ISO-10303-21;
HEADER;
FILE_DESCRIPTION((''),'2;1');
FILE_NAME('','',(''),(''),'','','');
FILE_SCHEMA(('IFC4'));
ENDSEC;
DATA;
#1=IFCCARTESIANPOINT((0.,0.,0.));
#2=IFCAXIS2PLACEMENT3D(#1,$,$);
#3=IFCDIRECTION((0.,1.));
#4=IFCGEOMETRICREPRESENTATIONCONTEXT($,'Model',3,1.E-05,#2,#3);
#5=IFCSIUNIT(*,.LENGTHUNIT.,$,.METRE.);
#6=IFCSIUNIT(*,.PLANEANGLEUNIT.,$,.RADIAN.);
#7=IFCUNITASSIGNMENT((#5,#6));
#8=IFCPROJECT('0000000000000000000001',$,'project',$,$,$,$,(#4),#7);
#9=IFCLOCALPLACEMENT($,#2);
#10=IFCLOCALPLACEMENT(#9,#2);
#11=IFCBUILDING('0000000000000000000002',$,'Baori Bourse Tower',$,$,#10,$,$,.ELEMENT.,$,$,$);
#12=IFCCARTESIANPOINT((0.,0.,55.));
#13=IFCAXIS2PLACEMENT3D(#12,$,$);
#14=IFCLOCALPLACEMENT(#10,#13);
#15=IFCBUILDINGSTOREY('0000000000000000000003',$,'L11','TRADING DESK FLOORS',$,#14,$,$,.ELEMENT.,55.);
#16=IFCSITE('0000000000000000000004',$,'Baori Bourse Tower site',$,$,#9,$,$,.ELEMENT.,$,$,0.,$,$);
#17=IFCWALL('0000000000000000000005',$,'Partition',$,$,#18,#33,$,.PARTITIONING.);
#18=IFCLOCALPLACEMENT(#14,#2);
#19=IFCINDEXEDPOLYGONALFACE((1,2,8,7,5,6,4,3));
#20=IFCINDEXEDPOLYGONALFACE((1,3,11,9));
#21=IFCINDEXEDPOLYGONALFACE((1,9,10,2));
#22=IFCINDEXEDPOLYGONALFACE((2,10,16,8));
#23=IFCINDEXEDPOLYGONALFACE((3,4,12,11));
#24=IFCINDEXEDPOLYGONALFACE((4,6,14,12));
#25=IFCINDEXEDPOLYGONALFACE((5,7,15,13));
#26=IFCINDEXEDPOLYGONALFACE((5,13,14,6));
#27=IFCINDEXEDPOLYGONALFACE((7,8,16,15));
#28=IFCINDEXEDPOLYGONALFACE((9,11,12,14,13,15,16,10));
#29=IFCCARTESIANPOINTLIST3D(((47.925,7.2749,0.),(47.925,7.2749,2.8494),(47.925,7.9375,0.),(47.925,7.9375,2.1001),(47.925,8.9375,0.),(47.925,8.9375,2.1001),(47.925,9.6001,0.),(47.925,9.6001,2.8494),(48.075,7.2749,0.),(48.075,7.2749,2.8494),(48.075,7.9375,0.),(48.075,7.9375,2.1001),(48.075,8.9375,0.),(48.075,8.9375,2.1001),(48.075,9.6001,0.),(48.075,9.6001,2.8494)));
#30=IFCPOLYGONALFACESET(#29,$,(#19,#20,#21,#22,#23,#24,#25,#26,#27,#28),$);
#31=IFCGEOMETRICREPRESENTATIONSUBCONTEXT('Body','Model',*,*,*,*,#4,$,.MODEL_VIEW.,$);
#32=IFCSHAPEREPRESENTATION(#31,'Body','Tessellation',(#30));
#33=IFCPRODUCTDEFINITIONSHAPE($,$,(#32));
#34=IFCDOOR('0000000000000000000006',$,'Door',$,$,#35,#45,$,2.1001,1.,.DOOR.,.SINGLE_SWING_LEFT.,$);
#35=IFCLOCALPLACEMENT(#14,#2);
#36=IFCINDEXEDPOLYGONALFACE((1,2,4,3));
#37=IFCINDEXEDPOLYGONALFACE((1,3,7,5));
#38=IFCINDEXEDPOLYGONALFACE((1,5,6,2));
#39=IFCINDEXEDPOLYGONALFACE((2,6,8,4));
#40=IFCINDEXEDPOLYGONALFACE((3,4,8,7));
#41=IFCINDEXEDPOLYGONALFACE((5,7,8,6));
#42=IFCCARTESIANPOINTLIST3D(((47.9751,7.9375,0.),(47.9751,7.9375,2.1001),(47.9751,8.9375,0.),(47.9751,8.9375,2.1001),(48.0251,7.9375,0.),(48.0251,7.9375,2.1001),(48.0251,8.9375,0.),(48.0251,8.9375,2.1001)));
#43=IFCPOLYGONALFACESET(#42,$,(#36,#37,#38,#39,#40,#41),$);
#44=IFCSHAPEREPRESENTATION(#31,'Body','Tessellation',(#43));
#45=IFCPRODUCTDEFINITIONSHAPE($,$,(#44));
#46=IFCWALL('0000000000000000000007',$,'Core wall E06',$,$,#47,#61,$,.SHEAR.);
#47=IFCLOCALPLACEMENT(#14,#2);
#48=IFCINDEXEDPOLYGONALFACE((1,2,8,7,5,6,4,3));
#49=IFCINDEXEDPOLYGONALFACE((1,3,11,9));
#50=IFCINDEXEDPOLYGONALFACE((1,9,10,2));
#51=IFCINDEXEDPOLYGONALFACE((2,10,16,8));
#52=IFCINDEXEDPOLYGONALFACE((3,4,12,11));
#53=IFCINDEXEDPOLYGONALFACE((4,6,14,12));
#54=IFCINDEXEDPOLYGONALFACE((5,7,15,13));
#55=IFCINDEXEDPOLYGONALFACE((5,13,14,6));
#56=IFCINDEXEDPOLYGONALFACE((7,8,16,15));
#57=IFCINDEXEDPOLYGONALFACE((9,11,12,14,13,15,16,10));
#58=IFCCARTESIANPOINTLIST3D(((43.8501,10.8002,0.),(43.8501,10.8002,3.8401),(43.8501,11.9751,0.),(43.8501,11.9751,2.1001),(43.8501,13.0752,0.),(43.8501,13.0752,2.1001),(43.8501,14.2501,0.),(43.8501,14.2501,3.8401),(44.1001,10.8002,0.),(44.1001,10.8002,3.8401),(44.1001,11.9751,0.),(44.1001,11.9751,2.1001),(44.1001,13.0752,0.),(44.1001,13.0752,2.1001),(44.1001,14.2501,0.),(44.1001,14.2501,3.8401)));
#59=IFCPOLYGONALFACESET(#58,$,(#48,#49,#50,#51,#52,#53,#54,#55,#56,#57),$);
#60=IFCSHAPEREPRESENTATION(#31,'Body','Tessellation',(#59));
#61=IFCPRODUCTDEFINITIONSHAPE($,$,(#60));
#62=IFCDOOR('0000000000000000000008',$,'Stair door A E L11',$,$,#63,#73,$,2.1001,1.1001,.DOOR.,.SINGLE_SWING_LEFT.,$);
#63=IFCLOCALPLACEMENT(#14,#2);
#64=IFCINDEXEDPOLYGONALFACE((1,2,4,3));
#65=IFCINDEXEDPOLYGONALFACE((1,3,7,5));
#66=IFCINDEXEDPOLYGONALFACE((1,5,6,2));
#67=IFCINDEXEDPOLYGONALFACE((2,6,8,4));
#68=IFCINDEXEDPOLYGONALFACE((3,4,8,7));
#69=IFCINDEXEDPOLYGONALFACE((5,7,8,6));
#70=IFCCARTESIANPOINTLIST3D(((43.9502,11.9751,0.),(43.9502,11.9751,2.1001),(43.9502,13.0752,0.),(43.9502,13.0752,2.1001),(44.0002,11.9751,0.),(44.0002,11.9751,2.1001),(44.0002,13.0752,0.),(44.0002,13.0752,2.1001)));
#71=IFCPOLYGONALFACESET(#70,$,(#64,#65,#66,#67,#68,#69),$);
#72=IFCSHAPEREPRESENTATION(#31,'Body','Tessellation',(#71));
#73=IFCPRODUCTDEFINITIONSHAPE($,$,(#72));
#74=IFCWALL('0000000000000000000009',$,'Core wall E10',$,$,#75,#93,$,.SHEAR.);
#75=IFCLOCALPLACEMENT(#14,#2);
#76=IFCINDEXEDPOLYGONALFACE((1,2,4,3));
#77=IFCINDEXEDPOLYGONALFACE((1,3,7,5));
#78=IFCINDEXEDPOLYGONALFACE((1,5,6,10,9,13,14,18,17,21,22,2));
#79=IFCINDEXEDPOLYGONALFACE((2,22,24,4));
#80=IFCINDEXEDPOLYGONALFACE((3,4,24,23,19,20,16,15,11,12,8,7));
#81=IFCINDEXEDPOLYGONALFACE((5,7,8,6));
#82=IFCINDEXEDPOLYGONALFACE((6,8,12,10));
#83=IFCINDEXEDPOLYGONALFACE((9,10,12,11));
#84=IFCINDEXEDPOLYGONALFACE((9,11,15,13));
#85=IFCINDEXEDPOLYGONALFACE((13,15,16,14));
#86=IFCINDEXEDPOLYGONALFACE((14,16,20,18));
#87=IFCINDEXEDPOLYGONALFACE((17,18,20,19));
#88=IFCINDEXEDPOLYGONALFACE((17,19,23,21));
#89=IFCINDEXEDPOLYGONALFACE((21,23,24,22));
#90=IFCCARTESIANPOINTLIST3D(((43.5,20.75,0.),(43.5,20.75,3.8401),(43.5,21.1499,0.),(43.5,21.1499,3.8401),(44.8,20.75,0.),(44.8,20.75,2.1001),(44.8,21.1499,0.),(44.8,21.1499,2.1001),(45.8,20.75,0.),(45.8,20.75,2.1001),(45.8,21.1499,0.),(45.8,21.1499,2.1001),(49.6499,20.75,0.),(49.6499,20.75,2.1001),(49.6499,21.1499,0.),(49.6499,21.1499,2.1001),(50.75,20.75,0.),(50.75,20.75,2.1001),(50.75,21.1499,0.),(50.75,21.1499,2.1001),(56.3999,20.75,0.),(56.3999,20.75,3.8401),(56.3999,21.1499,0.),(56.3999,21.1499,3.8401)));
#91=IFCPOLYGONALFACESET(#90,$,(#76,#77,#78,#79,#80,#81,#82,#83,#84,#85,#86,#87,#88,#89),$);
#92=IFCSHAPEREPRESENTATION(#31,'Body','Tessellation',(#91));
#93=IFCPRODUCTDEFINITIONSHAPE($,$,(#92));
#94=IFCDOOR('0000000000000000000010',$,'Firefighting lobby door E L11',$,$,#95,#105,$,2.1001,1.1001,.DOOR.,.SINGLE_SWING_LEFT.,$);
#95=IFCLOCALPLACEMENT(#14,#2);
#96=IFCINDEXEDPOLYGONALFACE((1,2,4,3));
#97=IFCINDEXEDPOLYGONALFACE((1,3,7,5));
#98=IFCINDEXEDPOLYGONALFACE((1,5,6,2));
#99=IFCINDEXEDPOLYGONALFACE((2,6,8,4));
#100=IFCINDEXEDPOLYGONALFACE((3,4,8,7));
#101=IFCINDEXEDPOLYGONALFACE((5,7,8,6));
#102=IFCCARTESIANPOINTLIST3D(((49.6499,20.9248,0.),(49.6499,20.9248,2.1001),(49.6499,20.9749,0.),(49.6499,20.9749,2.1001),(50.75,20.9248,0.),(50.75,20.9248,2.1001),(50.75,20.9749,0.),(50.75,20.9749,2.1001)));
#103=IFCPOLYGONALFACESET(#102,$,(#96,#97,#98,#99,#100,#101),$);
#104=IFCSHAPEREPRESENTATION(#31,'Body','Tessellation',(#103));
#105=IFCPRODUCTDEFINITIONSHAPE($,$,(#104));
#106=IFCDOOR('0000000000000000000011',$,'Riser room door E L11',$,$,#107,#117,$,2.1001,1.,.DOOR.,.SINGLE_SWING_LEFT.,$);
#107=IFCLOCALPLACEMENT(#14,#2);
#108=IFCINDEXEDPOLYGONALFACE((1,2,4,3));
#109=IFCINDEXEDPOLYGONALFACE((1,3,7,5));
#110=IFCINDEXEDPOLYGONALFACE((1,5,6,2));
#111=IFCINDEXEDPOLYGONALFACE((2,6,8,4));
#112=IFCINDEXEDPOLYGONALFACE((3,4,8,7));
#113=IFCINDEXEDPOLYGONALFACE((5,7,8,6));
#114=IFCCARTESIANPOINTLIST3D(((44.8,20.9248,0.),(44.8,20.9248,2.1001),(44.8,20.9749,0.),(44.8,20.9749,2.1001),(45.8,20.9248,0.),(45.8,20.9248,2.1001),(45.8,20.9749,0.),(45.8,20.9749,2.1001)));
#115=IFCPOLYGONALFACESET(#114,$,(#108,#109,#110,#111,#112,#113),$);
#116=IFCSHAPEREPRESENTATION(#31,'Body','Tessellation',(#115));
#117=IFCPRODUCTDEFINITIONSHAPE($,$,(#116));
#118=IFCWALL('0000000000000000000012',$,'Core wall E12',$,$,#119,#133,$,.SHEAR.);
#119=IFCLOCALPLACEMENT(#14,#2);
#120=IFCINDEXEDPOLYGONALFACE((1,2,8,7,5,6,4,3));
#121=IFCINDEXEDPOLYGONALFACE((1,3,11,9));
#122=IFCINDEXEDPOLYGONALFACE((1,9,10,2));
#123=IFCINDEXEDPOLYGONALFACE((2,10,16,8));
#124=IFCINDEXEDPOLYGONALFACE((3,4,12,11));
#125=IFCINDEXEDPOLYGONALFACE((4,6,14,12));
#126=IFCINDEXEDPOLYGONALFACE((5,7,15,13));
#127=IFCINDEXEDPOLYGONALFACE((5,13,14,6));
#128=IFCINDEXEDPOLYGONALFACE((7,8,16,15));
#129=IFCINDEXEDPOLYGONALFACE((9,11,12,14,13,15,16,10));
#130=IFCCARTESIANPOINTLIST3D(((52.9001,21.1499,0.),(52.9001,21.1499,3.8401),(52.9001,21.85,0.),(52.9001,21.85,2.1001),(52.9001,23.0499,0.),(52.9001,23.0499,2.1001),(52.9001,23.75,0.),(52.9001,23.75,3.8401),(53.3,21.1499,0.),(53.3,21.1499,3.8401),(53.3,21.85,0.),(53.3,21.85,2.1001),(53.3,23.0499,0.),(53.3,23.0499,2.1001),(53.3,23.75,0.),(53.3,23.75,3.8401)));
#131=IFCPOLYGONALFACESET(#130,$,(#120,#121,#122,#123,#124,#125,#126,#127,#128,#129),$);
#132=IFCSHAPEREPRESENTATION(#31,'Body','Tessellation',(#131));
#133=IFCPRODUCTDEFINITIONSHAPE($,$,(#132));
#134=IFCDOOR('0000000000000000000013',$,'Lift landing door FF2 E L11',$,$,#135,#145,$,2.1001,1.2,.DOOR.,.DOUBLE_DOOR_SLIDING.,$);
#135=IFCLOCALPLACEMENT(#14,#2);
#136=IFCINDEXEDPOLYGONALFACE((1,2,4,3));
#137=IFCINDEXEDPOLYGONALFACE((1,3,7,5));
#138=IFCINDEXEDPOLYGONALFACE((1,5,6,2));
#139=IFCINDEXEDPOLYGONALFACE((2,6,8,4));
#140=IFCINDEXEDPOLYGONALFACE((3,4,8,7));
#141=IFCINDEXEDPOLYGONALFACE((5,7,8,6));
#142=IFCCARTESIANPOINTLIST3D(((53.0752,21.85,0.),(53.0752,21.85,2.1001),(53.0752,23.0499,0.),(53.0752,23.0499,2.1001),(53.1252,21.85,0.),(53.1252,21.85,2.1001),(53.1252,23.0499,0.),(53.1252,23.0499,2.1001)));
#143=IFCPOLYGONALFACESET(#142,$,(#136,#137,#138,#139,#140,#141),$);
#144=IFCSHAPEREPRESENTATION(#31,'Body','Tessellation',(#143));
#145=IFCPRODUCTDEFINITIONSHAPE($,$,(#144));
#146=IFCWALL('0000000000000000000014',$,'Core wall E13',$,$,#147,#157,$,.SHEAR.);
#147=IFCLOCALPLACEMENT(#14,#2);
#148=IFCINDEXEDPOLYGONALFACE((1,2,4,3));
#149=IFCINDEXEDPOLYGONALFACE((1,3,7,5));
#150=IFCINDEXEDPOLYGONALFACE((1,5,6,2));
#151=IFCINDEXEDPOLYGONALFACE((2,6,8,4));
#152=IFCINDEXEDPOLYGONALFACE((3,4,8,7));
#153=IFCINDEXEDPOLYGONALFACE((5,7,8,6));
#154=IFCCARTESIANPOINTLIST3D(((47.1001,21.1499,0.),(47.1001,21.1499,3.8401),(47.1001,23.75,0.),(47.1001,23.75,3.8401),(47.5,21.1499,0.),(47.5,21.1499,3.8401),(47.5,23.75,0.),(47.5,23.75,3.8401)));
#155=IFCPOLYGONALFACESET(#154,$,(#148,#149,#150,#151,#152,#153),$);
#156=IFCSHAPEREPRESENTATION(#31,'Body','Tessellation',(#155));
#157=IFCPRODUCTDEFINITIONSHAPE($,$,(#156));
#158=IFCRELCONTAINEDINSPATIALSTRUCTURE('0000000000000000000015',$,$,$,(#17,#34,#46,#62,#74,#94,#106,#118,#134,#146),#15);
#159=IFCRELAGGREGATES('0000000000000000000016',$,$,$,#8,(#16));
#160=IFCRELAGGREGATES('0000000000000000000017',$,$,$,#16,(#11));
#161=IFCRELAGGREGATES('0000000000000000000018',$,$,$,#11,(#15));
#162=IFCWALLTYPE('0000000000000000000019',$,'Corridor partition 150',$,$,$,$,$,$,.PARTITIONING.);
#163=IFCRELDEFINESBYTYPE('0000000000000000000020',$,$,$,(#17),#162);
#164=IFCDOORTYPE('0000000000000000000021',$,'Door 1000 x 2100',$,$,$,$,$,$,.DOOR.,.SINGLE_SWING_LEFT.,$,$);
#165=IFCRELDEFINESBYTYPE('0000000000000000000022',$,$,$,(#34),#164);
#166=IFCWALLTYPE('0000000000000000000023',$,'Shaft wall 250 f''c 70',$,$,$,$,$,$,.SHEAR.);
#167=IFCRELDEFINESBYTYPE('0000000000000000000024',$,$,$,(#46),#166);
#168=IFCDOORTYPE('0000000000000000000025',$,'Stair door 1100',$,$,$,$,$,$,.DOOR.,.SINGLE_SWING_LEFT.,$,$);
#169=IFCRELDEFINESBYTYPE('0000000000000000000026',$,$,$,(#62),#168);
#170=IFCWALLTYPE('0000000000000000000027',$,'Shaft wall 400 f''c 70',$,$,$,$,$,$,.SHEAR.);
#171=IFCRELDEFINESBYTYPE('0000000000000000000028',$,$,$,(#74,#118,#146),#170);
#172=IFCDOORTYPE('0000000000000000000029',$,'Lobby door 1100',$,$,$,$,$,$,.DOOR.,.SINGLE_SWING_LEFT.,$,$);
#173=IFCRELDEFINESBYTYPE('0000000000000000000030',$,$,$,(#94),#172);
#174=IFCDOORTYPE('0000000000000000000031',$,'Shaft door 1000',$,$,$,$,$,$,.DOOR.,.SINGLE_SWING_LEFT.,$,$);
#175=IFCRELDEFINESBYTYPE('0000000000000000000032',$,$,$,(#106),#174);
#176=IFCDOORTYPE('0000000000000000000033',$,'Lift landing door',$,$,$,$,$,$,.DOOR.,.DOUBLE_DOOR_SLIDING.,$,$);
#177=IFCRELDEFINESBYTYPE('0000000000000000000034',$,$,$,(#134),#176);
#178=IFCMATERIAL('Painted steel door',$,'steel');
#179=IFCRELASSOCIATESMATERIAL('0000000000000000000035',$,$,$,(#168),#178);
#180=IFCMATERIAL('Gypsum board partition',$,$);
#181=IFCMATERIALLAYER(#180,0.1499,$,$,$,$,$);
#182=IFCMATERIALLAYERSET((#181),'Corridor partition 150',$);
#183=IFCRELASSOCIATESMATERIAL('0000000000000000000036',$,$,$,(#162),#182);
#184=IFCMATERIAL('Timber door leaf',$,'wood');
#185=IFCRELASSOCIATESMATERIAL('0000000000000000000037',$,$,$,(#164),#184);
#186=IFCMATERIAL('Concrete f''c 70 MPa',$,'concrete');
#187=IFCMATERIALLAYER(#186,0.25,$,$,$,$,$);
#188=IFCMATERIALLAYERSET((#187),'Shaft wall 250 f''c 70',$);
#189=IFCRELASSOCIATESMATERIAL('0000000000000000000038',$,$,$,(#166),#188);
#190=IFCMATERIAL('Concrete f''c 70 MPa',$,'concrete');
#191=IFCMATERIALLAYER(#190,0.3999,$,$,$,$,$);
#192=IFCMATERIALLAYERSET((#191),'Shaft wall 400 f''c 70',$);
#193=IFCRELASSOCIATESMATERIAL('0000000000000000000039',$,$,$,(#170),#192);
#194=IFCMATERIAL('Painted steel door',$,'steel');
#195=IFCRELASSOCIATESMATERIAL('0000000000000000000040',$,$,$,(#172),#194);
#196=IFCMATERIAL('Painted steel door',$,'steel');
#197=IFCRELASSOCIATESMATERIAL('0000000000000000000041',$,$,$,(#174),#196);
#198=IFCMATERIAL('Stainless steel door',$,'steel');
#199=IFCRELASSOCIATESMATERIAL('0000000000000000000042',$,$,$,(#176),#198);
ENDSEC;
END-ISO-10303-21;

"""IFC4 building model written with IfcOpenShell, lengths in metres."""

from ifc_helpers import new_model, si_unit, direction, frame, frame_2d, origin, place, context, subcontext, project, spatial, rectangle, extrude, material, layer, layer_set, type_object, element, fill, save


model = new_model("IFC4")

# Units and contexts
model_context = context("Model", 3, precision=1e-05, world=origin(), true_north=direction((0.0, 1.0)))
body_context = subcontext(model_context, "Body", "Model", "MODEL_VIEW")
ifc_project = project(units=[si_unit("LENGTHUNIT", "METRE"), si_unit("PLANEANGLEUNIT", "RADIAN")], contexts=[model_context])

# Site, building, storey
site_placement = place(None, origin())
site = spatial("IfcSite", under=ifc_project, at=site_placement, Name="Baori Bourse Tower site", CompositionType="ELEMENT", RefElevation=0.0)
building_placement = place(site_placement, origin())
building = spatial("IfcBuilding", under=site, at=building_placement, Name="Baori Bourse Tower", CompositionType="ELEMENT")
storey_placement = place(building_placement, frame((0.0, 0.0, 55.0)))
storey = spatial("IfcBuildingStorey", under=building, at=storey_placement, Name="L11", Description="TRADING DESK FLOORS", CompositionType="ELEMENT", Elevation=55.0)

# Walls, openings, doors
ifc_material_1 = material(Name="Painted steel door", Category="steel")
door_type_1 = type_object("IfcDoorType", Name="Stair door 1100", OperationType="SINGLE_SWING_LEFT", PredefinedType="DOOR", material=ifc_material_1)
ifc_material_2 = material(Name="Gypsum board partition")
ifc_layer_1 = layer(ifc_material_2, 0.1499)
ifc_layer_set_1 = layer_set([ifc_layer_1], Name="Corridor partition 150")
wall_type_1 = type_object("IfcWallType", Name="Corridor partition 150", PredefinedType="PARTITIONING", material=ifc_layer_set_1)
wall_1_placement = place(storey_placement, frame((48.0, 7.2749, 0.0), z_axis=(0.0, 0.0, 1.0), x_axis=(0.0, 1.0, 0.0)))
wall_1 = element("IfcWall", 1, at=wall_1_placement, inside=storey, type_object=wall_type_1, Name="Partition", PredefinedType="PARTITIONING", context=body_context, shape_type="SweptSolid", body=[
    extrude(rectangle(XDim=2.3252, YDim=0.1499, at=frame_2d((1.1626, 0.0))), origin(), (0.0, 0.0, 1.0), 2.8494),
])
opening_1_placement = place(wall_1_placement, frame((0.6626, 0.0, 0.0)))
opening_1 = element("IfcOpeningElement", 2, at=opening_1_placement, cuts=wall_1, PredefinedType="OPENING", context=body_context, shape_type="SweptSolid", body=[
    extrude(rectangle(XDim=1.0, YDim=2.1001, at=frame_2d((0.5, 1.05))), frame((0.0, 0.085, 0.0), z_axis=(0.0, -1.0, 0.0), x_axis=(1.0, 0.0, 0.0)), (0.0, 0.0, 1.0), 0.1699),
])
ifc_material_3 = material(Name="Timber door leaf", Category="wood")
door_type_2 = type_object("IfcDoorType", Name="Door 1000 x 2100", OperationType="SINGLE_SWING_LEFT", PredefinedType="DOOR", material=ifc_material_3)
door_1_placement = place(opening_1_placement, origin())
door_1 = element("IfcDoor", 3, at=door_1_placement, inside=storey, type_object=door_type_2, Name="Door", OperationType="SINGLE_SWING_LEFT", OverallHeight=2.1001, OverallWidth=1.0, PredefinedType="DOOR", context=body_context, shape_type="SweptSolid", body=[
    extrude(rectangle(XDim=1.0, YDim=2.1001, at=frame_2d((0.5, 1.05))), frame((0.0, 0.0249, 0.0), z_axis=(0.0, -1.0, 0.0), x_axis=(1.0, 0.0, 0.0)), (0.0, 0.0, 1.0), 0.05),
])
fill(opening_1, door_1)
ifc_material_4 = material(Name="Concrete f'c 70 MPa", Category="concrete")
ifc_layer_2 = layer(ifc_material_4, 0.25)
ifc_layer_set_2 = layer_set([ifc_layer_2], Name="Shaft wall 250 f'c 70")
wall_type_2 = type_object("IfcWallType", Name="Shaft wall 250 f'c 70", PredefinedType="SHEAR", material=ifc_layer_set_2)
wall_2_placement = place(storey_placement, frame((43.9751, 10.8, 0.0), z_axis=(0.0, 0.0, 1.0), x_axis=(0.0, 1.0, 0.0)))
wall_2 = element("IfcWall", 4, at=wall_2_placement, inside=storey, type_object=wall_type_2, Name="Core wall E06", PredefinedType="SHEAR", context=body_context, shape_type="SweptSolid", body=[
    extrude(rectangle(XDim=3.45, YDim=0.25, at=frame_2d((1.7251, 0.0))), origin(), (0.0, 0.0, 1.0), 3.8401),
])
opening_2_placement = place(wall_2_placement, frame((1.175, 0.0, 0.0)))
opening_2 = element("IfcOpeningElement", 5, at=opening_2_placement, cuts=wall_2, PredefinedType="OPENING", context=body_context, shape_type="SweptSolid", body=[
    extrude(rectangle(XDim=1.1001, YDim=2.1001, at=frame_2d((0.55, 1.05))), frame((0.0, 0.135, 0.0), z_axis=(0.0, -1.0, 0.0), x_axis=(1.0, 0.0, 0.0)), (0.0, 0.0, 1.0), 0.27),
])
door_2_placement = place(opening_2_placement, origin())
door_2 = element("IfcDoor", 6, at=door_2_placement, inside=storey, type_object=door_type_1, Name="Stair door A E L11", OperationType="SINGLE_SWING_LEFT", OverallHeight=2.1001, OverallWidth=1.1001, PredefinedType="DOOR", context=body_context, shape_type="SweptSolid", body=[
    extrude(rectangle(XDim=1.1001, YDim=2.1001, at=frame_2d((0.55, 1.05))), frame((0.0, 0.0249, 0.0), z_axis=(0.0, -1.0, 0.0), x_axis=(1.0, 0.0, 0.0)), (0.0, 0.0, 1.0), 0.05),
])
fill(opening_2, door_2)

# Wall, openings, doors
ifc_material_5 = material(Name="Concrete f'c 70 MPa", Category="concrete")
ifc_layer_3 = layer(ifc_material_5, 0.3999)
ifc_layer_set_3 = layer_set([ifc_layer_3], Name="Shaft wall 400 f'c 70")
wall_type_3 = type_object("IfcWallType", Name="Shaft wall 400 f'c 70", PredefinedType="SHEAR", material=ifc_layer_set_3)
wall_3_placement = place(storey_placement, frame((43.5, 20.95, 0.0), z_axis=(0.0, 0.0, 1.0), x_axis=(1.0, 0.0, 0.0)))
wall_3 = element("IfcWall", 7, at=wall_3_placement, inside=storey, type_object=wall_type_3, Name="Core wall E10", PredefinedType="SHEAR", context=body_context, shape_type="SweptSolid", body=[
    extrude(rectangle(XDim=12.8999, YDim=0.3999, at=frame_2d((6.45, 0.0))), origin(), (0.0, 0.0, 1.0), 3.8401),
])
opening_3_placement = place(wall_3_placement, frame((6.1499, 0.0, 0.0)))
opening_3 = element("IfcOpeningElement", 8, at=opening_3_placement, cuts=wall_3, PredefinedType="OPENING", context=body_context, shape_type="SweptSolid", body=[
    extrude(rectangle(XDim=1.1001, YDim=2.1001, at=frame_2d((0.55, 1.05))), frame((0.0, 0.21, 0.0), z_axis=(0.0, -1.0, 0.0), x_axis=(1.0, 0.0, 0.0)), (0.0, 0.0, 1.0), 0.4199),
])
opening_4_placement = place(wall_3_placement, frame((1.3, 0.0, 0.0)))
opening_4 = element("IfcOpeningElement", 9, at=opening_4_placement, cuts=wall_3, PredefinedType="OPENING", context=body_context, shape_type="SweptSolid", body=[
    extrude(rectangle(XDim=1.0, YDim=2.1001, at=frame_2d((0.5, 1.05))), frame((0.0, 0.21, 0.0), z_axis=(0.0, -1.0, 0.0), x_axis=(1.0, 0.0, 0.0)), (0.0, 0.0, 1.0), 0.4199),
])
ifc_material_6 = material(Name="Painted steel door", Category="steel")
door_type_3 = type_object("IfcDoorType", Name="Lobby door 1100", OperationType="SINGLE_SWING_LEFT", PredefinedType="DOOR", material=ifc_material_6)
door_3_placement = place(opening_3_placement, origin())
door_3 = element("IfcDoor", 10, at=door_3_placement, inside=storey, type_object=door_type_3, Name="Firefighting lobby door E L11", OperationType="SINGLE_SWING_LEFT", OverallHeight=2.1001, OverallWidth=1.1001, PredefinedType="DOOR", context=body_context, shape_type="SweptSolid", body=[
    extrude(rectangle(XDim=1.1001, YDim=2.1001, at=frame_2d((0.55, 1.05))), frame((0.0, 0.0249, 0.0), z_axis=(0.0, -1.0, 0.0), x_axis=(1.0, 0.0, 0.0)), (0.0, 0.0, 1.0), 0.05),
])
fill(opening_3, door_3)
ifc_material_7 = material(Name="Painted steel door", Category="steel")
door_type_4 = type_object("IfcDoorType", Name="Shaft door 1000", OperationType="SINGLE_SWING_LEFT", PredefinedType="DOOR", material=ifc_material_7)
door_4_placement = place(opening_4_placement, origin())
door_4 = element("IfcDoor", 11, at=door_4_placement, inside=storey, type_object=door_type_4, Name="Riser room door E L11", OperationType="SINGLE_SWING_LEFT", OverallHeight=2.1001, OverallWidth=1.0, PredefinedType="DOOR", context=body_context, shape_type="SweptSolid", body=[
    extrude(rectangle(XDim=1.0, YDim=2.1001, at=frame_2d((0.5, 1.05))), frame((0.0, 0.0249, 0.0), z_axis=(0.0, -1.0, 0.0), x_axis=(1.0, 0.0, 0.0)), (0.0, 0.0, 1.0), 0.05),
])
fill(opening_4, door_4)

# Wall, opening, door
wall_4_placement = place(storey_placement, frame((53.1001, 21.1499, 0.0), z_axis=(0.0, 0.0, 1.0), x_axis=(0.0, 1.0, 0.0)))
wall_4 = element("IfcWall", 12, at=wall_4_placement, inside=storey, type_object=wall_type_3, Name="Core wall E12", PredefinedType="SHEAR", context=body_context, shape_type="SweptSolid", body=[
    extrude(rectangle(XDim=2.6001, YDim=0.3999, at=frame_2d((1.3, 0.0))), origin(), (0.0, 0.0, 1.0), 3.8401),
])
opening_5_placement = place(wall_4_placement, frame((0.7, 0.0, 0.0)))
opening_5 = element("IfcOpeningElement", 13, at=opening_5_placement, cuts=wall_4, PredefinedType="OPENING", context=body_context, shape_type="SweptSolid", body=[
    extrude(rectangle(XDim=1.2, YDim=2.1001, at=frame_2d((0.6001, 1.05))), frame((0.0, 0.21, 0.0), z_axis=(0.0, -1.0, 0.0), x_axis=(1.0, 0.0, 0.0)), (0.0, 0.0, 1.0), 0.4199),
])
ifc_material_8 = material(Name="Stainless steel door", Category="steel")
door_type_5 = type_object("IfcDoorType", Name="Lift landing door", OperationType="DOUBLE_DOOR_SLIDING", PredefinedType="DOOR", material=ifc_material_8)
door_5_placement = place(opening_5_placement, origin())
door_5 = element("IfcDoor", 14, at=door_5_placement, inside=storey, type_object=door_type_5, Name="Lift landing door FF2 E L11", OperationType="DOUBLE_DOOR_SLIDING", OverallHeight=2.1001, OverallWidth=1.2, PredefinedType="DOOR", context=body_context, shape_type="SweptSolid", body=[
    extrude(rectangle(XDim=1.2, YDim=2.1001, at=frame_2d((0.6001, 1.05))), frame((0.0, 0.0249, 0.0), z_axis=(0.0, -1.0, 0.0), x_axis=(1.0, 0.0, 0.0)), (0.0, 0.0, 1.0), 0.05),
])
fill(opening_5, door_5)

# Wall
wall_5_placement = place(storey_placement, frame((47.3, 21.1499, 0.0), z_axis=(0.0, 0.0, 1.0), x_axis=(0.0, 1.0, 0.0)))
element("IfcWall", 15, at=wall_5_placement, inside=storey, type_object=wall_type_3, Name="Core wall E13", PredefinedType="SHEAR", context=body_context, shape_type="SweptSolid", body=[
    extrude(rectangle(XDim=2.6001, YDim=0.3999, at=frame_2d((1.3, 0.0))), origin(), (0.0, 0.0, 1.0), 3.8401),
])

save(model, "model.ifc")
